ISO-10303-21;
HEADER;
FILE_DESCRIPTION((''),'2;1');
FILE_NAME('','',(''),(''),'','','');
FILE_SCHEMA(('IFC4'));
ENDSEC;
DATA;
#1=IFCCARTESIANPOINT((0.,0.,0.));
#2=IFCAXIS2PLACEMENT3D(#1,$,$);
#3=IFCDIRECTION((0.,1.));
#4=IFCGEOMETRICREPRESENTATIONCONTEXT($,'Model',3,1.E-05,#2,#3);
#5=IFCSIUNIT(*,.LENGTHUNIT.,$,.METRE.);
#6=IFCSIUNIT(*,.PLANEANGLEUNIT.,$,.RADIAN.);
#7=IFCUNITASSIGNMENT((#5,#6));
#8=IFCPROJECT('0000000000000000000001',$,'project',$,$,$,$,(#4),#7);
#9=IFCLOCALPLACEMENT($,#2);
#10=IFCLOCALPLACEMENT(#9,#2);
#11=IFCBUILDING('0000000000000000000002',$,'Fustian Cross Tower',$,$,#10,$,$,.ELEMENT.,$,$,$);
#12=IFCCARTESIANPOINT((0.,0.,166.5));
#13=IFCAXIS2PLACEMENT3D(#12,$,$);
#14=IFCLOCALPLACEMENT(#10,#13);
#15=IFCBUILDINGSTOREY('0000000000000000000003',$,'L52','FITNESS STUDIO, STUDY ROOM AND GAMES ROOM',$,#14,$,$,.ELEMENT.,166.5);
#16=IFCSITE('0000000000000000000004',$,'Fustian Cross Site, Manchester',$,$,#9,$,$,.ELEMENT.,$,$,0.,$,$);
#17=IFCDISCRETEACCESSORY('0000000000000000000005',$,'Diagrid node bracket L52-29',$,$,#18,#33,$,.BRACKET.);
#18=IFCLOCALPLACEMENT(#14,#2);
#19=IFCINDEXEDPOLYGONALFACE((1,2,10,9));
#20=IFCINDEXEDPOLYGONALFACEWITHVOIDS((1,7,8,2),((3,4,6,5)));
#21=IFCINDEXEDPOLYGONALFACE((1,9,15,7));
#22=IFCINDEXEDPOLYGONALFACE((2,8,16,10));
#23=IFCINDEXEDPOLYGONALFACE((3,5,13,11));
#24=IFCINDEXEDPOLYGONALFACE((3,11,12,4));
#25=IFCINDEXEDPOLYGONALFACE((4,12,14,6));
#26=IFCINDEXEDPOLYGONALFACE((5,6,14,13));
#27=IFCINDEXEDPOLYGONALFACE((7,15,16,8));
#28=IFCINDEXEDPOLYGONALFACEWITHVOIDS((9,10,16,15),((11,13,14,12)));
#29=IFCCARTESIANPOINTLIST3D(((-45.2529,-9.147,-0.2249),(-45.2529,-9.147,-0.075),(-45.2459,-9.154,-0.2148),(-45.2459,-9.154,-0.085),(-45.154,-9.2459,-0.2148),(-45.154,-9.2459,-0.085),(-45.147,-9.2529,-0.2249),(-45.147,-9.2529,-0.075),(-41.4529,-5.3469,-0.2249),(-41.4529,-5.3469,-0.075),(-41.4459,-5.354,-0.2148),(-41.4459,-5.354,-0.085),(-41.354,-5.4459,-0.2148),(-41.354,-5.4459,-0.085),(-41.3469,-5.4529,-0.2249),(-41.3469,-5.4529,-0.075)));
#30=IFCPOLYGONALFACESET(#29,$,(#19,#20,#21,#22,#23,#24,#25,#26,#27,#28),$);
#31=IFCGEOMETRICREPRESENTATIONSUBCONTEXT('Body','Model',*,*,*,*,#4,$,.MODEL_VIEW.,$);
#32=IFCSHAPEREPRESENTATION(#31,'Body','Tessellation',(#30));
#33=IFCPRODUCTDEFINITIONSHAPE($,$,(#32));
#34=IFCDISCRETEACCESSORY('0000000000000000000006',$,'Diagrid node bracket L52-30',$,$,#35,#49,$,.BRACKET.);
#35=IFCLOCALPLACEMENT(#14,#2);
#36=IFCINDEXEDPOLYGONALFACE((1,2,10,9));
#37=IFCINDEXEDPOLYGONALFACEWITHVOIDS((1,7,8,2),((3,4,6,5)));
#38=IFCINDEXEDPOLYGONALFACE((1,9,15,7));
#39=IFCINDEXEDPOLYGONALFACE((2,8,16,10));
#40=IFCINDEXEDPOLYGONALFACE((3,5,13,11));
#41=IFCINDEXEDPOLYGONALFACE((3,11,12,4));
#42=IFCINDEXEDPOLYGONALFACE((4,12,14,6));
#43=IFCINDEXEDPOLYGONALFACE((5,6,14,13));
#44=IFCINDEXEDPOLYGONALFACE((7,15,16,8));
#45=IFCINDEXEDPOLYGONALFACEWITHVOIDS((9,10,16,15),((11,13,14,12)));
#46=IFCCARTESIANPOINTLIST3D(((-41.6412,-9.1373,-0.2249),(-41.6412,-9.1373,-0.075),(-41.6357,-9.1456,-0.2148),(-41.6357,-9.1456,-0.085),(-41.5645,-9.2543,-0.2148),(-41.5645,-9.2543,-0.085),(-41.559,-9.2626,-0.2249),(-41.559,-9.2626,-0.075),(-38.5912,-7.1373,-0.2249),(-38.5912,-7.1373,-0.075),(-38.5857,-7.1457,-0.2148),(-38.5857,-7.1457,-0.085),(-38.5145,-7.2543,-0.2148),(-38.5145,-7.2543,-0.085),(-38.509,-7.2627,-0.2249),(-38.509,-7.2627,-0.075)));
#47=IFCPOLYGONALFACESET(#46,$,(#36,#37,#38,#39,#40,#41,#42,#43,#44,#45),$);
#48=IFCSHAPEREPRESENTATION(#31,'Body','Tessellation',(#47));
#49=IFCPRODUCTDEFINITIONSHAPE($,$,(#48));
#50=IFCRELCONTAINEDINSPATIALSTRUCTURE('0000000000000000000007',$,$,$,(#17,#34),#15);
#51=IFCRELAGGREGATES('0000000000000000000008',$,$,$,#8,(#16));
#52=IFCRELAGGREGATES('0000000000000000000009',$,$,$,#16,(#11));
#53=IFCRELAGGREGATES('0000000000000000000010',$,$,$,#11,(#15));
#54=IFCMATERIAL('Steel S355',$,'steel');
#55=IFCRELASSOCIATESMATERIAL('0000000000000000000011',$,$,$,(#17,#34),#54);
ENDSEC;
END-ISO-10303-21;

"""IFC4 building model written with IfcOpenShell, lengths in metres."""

from ifc_helpers import new_model, si_unit, direction, frame, origin, origin_2d, place, context, subcontext, project, spatial, hollow_rectangle, extrude, material, element, save


model = new_model("IFC4")

# Units and contexts
model_context = context("Model", 3, precision=1e-05, world=origin(), true_north=direction((0.0, 1.0)))
body_context = subcontext(model_context, "Body", "Model", "MODEL_VIEW")
ifc_project = project(units=[si_unit("LENGTHUNIT", "METRE"), si_unit("PLANEANGLEUNIT", "RADIAN")], contexts=[model_context])

# Site, building, storey
site_placement = place(None, origin())
site = spatial("IfcSite", under=ifc_project, at=site_placement, Name="Fustian Cross Site, Manchester", CompositionType="ELEMENT", RefElevation=0.0)
building_placement = place(site_placement, origin())
building = spatial("IfcBuilding", under=site, at=building_placement, Name="Fustian Cross Tower", CompositionType="ELEMENT")
storey_placement = place(building_placement, frame((0.0, 0.0, 166.5)))
storey = spatial("IfcBuildingStorey", under=building, at=storey_placement, Name="L52", Description="FITNESS STUDIO, STUDY ROOM AND GAMES ROOM", CompositionType="ELEMENT", Elevation=166.5)

# Discrete accessories
ifc_material_1 = material(Name="Steel S355", Category="steel")
discrete_accessory_1_placement = place(storey_placement, frame((-45.2, -9.2, -0.1499), z_axis=(0.707107, 0.707107, 0.0), x_axis=(-0.707107, 0.707107, 0.0)))
element("IfcDiscreteAccessory", 1, at=discrete_accessory_1_placement, inside=storey, material=ifc_material_1, Name="Diagrid node bracket L52-29", PredefinedType="BRACKET", context=body_context, shape_type="SweptSolid", body=[
    extrude(hollow_rectangle(XDim=0.1499, YDim=0.1499, WallThickness=0.01, at=origin_2d()), origin(), (0.0, 0.0, 1.0), 5.374),
])
discrete_accessory_2_placement = place(storey_placement, frame((-41.6001, -9.2, -0.1499), z_axis=(0.836248, 0.548351, 0.0), x_axis=(-0.548351, 0.836248, 0.0)))
element("IfcDiscreteAccessory", 2, at=discrete_accessory_2_placement, inside=storey, material=ifc_material_1, Name="Diagrid node bracket L52-30", PredefinedType="BRACKET", context=body_context, shape_type="SweptSolid", body=[
    extrude(hollow_rectangle(XDim=0.1499, YDim=0.1499, WallThickness=0.01, at=origin_2d()), origin(), (0.0, 0.0, 1.0), 3.6472),
])

save(model, "model.ifc")
